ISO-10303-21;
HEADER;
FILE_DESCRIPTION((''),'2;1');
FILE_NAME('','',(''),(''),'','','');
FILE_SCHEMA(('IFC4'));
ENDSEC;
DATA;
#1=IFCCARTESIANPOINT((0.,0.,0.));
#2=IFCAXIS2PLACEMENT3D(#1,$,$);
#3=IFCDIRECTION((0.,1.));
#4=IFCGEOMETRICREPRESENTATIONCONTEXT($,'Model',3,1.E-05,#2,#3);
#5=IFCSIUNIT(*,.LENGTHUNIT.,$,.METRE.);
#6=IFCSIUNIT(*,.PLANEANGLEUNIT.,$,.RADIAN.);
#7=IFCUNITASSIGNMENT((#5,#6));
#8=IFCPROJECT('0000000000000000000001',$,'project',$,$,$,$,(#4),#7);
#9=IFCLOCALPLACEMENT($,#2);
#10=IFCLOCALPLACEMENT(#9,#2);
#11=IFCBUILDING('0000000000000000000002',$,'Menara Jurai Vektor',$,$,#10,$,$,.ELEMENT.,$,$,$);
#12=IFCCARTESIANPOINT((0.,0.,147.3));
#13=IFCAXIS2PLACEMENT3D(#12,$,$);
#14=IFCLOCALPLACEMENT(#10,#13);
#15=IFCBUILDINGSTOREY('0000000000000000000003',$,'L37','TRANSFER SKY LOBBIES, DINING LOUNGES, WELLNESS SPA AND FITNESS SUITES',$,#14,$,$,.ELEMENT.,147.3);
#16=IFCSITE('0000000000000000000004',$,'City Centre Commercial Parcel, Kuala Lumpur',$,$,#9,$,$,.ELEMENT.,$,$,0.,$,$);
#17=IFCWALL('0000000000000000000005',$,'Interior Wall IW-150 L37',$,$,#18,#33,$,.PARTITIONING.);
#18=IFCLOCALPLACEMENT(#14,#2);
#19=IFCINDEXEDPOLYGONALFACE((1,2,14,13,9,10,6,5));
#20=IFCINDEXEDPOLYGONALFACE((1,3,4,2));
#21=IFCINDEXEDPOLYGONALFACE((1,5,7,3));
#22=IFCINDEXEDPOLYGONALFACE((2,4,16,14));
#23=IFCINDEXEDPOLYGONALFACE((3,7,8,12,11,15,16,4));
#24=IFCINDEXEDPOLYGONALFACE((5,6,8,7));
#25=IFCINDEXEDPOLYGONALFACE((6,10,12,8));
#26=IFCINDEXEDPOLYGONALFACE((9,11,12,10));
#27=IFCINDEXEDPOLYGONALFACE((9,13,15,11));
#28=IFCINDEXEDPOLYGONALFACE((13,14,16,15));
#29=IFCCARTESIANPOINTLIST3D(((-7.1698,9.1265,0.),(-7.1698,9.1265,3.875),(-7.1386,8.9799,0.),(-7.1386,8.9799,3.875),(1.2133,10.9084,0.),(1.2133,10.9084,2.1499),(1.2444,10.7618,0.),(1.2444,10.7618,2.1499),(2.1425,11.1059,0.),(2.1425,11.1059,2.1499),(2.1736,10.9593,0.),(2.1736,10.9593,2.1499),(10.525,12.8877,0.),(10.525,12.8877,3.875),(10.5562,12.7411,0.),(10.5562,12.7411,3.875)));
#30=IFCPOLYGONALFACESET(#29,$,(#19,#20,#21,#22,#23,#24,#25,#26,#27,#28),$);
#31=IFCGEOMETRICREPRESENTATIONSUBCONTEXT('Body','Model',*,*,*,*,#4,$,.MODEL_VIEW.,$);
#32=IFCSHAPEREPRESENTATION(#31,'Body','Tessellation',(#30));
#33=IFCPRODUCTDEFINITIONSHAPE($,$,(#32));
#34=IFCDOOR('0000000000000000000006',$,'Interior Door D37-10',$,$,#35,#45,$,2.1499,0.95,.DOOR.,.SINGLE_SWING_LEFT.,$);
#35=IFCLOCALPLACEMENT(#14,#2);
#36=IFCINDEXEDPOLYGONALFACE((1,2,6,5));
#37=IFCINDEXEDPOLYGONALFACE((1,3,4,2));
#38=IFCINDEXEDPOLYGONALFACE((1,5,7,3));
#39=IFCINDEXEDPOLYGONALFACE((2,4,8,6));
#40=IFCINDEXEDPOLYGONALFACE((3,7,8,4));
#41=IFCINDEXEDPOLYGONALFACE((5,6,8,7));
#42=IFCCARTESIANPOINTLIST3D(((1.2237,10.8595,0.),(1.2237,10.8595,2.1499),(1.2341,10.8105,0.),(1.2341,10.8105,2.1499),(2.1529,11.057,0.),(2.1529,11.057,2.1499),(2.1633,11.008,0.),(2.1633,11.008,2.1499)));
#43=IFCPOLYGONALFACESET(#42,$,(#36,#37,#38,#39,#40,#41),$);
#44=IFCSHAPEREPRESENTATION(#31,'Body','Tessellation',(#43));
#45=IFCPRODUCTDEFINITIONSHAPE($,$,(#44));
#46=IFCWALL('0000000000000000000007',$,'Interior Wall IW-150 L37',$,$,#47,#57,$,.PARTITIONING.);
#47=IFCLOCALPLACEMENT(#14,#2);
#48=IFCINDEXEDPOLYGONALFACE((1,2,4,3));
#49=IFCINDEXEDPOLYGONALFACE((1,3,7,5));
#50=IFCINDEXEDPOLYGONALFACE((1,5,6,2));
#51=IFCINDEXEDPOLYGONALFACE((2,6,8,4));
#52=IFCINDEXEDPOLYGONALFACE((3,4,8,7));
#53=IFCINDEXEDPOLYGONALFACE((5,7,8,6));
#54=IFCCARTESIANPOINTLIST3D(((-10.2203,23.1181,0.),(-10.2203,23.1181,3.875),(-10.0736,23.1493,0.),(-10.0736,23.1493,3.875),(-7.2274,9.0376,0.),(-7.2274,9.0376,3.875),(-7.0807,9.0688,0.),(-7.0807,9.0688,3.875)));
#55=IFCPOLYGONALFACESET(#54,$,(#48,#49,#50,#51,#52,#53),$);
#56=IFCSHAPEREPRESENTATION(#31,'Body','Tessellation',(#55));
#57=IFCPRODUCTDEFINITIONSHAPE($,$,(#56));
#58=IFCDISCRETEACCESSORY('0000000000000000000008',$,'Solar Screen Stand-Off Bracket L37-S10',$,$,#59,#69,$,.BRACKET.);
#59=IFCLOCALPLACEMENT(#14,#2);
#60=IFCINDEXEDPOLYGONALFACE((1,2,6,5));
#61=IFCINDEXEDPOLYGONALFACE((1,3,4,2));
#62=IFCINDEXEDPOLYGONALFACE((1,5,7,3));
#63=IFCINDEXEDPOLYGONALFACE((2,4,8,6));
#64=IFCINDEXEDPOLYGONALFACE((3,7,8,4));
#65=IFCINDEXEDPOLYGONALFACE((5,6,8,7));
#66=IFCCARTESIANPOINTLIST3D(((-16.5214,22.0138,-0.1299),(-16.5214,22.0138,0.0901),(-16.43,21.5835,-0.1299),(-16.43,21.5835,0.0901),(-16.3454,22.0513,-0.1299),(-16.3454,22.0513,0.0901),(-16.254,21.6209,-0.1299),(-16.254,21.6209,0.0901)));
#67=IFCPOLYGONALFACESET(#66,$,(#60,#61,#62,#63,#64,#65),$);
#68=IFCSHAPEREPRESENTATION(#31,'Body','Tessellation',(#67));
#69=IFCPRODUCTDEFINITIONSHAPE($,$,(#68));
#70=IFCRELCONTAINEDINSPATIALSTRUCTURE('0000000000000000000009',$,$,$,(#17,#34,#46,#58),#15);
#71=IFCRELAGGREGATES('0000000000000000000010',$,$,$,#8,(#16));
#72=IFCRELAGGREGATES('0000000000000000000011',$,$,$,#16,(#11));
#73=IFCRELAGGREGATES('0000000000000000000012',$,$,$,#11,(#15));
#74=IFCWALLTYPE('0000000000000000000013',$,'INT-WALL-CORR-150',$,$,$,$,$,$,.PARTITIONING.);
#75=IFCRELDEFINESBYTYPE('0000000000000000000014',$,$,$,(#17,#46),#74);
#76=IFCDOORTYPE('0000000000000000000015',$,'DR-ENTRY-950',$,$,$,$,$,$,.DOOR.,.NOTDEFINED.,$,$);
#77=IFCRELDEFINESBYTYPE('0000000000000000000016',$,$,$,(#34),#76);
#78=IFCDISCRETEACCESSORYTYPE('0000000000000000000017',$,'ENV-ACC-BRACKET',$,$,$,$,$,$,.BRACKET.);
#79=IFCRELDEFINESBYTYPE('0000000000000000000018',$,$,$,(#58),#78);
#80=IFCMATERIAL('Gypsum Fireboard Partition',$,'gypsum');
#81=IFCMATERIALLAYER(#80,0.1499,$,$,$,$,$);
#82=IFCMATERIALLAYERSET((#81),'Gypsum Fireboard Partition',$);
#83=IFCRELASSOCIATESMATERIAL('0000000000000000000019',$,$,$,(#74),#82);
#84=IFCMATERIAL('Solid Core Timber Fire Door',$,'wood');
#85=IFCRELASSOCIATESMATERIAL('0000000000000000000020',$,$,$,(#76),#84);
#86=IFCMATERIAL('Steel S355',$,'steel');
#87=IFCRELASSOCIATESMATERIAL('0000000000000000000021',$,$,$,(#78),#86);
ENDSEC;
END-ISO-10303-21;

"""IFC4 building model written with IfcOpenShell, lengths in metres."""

from ifc_helpers import new_model, si_unit, direction, frame, frame_2d, origin, origin_2d, place, context, subcontext, project, spatial, rectangle, extrude, material, layer, layer_set, type_object, element, fill, save


model = new_model("IFC4")

# Units and contexts
model_context = context("Model", 3, precision=1e-05, world=origin(), true_north=direction((0.0, 1.0)))
body_context = subcontext(model_context, "Body", "Model", "MODEL_VIEW")
ifc_project = project(units=[si_unit("LENGTHUNIT", "METRE"), si_unit("PLANEANGLEUNIT", "RADIAN")], contexts=[model_context])

# Site, building, storey
site_placement = place(None, origin())
site = spatial("IfcSite", under=ifc_project, at=site_placement, Name="City Centre Commercial Parcel, Kuala Lumpur", CompositionType="ELEMENT", RefElevation=0.0)
building_placement = place(site_placement, origin())
building = spatial("IfcBuilding", under=site, at=building_placement, Name="Menara Jurai Vektor", CompositionType="ELEMENT")
storey_placement = place(building_placement, frame((0.0, 0.0, 147.3)))
storey = spatial("IfcBuildingStorey", under=building, at=storey_placement, Name="L37", Description="TRANSFER SKY LOBBIES, DINING LOUNGES, WELLNESS SPA AND FITNESS SUITES", CompositionType="ELEMENT", Elevation=147.3)

# Shared definitions
ifc_material_1 = material(Name="Steel S355", Category="steel")

# Wall, opening, door
ifc_material_2 = material(Name="Gypsum Fireboard Partition", Category="gypsum")
ifc_layer_1 = layer(ifc_material_2, 0.1499)
ifc_layer_set_1 = layer_set([ifc_layer_1], Name="Gypsum Fireboard Partition")
wall_type = type_object("IfcWallType", Name="INT-WALL-CORR-150", PredefinedType="PARTITIONING", material=ifc_layer_set_1)
ifc_material_3 = material(Name="Solid Core Timber Fire Door", Category="wood")
door_type = type_object("IfcDoorType", Name="DR-ENTRY-950", OperationType="NOTDEFINED", PredefinedType="DOOR", material=ifc_material_3)
wall_1_placement = place(storey_placement, frame((-7.1541, 9.0532, 0.0), z_axis=(0.0, 0.0, 1.0), x_axis=(0.978147, 0.207916, 0.0)))
wall_1 = element("IfcWall", 1, at=wall_1_placement, inside=storey, type_object=wall_type, Name="Interior Wall IW-150 L37", PredefinedType="PARTITIONING", context=body_context, shape_type="SweptSolid", body=[
    extrude(rectangle(XDim=18.0901, YDim=0.1499, at=frame_2d((9.0449, 0.0))), origin(), (0.0, 0.0, 1.0), 3.875),
])
opening_1_placement = place(wall_1_placement, frame((8.5701, 0.0, 0.0)))
opening_1 = element("IfcOpeningElement", 2, at=opening_1_placement, cuts=wall_1, PredefinedType="OPENING", context=body_context, shape_type="SweptSolid", body=[
    extrude(rectangle(XDim=0.95, YDim=2.1499, at=frame_2d((0.4751, 1.075))), frame((0.0, 0.085, 0.0), z_axis=(0.0, -1.0, 0.0), x_axis=(1.0, 0.0, 0.0)), (0.0, 0.0, 1.0), 0.1699),
])
door_1_placement = place(opening_1_placement, origin())
door_1 = element("IfcDoor", 3, at=door_1_placement, inside=storey, type_object=door_type, Name="Interior Door D37-10", OperationType="SINGLE_SWING_LEFT", OverallHeight=2.1499, OverallWidth=0.95, PredefinedType="DOOR", context=body_context, shape_type="SweptSolid", body=[
    extrude(rectangle(XDim=0.95, YDim=2.1499, at=frame_2d((0.4751, 1.075))), frame((0.0, 0.0249, 0.0), z_axis=(0.0, -1.0, 0.0), x_axis=(1.0, 0.0, 0.0)), (0.0, 0.0, 1.0), 0.05),
])
fill(opening_1, door_1)

# Wall
wall_2_placement = place(storey_placement, frame((-7.1541, 9.0532, 0.0), z_axis=(0.0, 0.0, 1.0), x_axis=(-0.207912, 0.978148, 0.0)))
element("IfcWall", 4, at=wall_2_placement, inside=storey, type_object=wall_type, Name="Interior Wall IW-150 L37", PredefinedType="PARTITIONING", context=body_context, shape_type="SweptSolid", body=[
    extrude(rectangle(XDim=14.395, YDim=0.1499, at=frame_2d((7.1975, 0.0))), origin(), (0.0, 0.0, 1.0), 3.875),
])

# Discrete accessory
discrete_accessory_type = type_object("IfcDiscreteAccessoryType", Name="ENV-ACC-BRACKET", PredefinedType="BRACKET", material=ifc_material_1)
discrete_accessory_placement = place(storey_placement, frame((-16.3877, 21.8174, -0.1299), z_axis=(0.0, 0.0, 1.0), x_axis=(-0.978148, -0.207912, 0.0)))
element("IfcDiscreteAccessory", 5, at=discrete_accessory_placement, inside=storey, type_object=discrete_accessory_type, Name="Solar Screen Stand-Off Bracket L37-S10", PredefinedType="BRACKET", context=body_context, shape_type="SweptSolid", body=[
    extrude(rectangle(XDim=0.1799, YDim=0.4399, at=origin_2d()), origin(), (0.0, 0.0, 1.0), 0.22),
])

save(model, "model.ifc")
